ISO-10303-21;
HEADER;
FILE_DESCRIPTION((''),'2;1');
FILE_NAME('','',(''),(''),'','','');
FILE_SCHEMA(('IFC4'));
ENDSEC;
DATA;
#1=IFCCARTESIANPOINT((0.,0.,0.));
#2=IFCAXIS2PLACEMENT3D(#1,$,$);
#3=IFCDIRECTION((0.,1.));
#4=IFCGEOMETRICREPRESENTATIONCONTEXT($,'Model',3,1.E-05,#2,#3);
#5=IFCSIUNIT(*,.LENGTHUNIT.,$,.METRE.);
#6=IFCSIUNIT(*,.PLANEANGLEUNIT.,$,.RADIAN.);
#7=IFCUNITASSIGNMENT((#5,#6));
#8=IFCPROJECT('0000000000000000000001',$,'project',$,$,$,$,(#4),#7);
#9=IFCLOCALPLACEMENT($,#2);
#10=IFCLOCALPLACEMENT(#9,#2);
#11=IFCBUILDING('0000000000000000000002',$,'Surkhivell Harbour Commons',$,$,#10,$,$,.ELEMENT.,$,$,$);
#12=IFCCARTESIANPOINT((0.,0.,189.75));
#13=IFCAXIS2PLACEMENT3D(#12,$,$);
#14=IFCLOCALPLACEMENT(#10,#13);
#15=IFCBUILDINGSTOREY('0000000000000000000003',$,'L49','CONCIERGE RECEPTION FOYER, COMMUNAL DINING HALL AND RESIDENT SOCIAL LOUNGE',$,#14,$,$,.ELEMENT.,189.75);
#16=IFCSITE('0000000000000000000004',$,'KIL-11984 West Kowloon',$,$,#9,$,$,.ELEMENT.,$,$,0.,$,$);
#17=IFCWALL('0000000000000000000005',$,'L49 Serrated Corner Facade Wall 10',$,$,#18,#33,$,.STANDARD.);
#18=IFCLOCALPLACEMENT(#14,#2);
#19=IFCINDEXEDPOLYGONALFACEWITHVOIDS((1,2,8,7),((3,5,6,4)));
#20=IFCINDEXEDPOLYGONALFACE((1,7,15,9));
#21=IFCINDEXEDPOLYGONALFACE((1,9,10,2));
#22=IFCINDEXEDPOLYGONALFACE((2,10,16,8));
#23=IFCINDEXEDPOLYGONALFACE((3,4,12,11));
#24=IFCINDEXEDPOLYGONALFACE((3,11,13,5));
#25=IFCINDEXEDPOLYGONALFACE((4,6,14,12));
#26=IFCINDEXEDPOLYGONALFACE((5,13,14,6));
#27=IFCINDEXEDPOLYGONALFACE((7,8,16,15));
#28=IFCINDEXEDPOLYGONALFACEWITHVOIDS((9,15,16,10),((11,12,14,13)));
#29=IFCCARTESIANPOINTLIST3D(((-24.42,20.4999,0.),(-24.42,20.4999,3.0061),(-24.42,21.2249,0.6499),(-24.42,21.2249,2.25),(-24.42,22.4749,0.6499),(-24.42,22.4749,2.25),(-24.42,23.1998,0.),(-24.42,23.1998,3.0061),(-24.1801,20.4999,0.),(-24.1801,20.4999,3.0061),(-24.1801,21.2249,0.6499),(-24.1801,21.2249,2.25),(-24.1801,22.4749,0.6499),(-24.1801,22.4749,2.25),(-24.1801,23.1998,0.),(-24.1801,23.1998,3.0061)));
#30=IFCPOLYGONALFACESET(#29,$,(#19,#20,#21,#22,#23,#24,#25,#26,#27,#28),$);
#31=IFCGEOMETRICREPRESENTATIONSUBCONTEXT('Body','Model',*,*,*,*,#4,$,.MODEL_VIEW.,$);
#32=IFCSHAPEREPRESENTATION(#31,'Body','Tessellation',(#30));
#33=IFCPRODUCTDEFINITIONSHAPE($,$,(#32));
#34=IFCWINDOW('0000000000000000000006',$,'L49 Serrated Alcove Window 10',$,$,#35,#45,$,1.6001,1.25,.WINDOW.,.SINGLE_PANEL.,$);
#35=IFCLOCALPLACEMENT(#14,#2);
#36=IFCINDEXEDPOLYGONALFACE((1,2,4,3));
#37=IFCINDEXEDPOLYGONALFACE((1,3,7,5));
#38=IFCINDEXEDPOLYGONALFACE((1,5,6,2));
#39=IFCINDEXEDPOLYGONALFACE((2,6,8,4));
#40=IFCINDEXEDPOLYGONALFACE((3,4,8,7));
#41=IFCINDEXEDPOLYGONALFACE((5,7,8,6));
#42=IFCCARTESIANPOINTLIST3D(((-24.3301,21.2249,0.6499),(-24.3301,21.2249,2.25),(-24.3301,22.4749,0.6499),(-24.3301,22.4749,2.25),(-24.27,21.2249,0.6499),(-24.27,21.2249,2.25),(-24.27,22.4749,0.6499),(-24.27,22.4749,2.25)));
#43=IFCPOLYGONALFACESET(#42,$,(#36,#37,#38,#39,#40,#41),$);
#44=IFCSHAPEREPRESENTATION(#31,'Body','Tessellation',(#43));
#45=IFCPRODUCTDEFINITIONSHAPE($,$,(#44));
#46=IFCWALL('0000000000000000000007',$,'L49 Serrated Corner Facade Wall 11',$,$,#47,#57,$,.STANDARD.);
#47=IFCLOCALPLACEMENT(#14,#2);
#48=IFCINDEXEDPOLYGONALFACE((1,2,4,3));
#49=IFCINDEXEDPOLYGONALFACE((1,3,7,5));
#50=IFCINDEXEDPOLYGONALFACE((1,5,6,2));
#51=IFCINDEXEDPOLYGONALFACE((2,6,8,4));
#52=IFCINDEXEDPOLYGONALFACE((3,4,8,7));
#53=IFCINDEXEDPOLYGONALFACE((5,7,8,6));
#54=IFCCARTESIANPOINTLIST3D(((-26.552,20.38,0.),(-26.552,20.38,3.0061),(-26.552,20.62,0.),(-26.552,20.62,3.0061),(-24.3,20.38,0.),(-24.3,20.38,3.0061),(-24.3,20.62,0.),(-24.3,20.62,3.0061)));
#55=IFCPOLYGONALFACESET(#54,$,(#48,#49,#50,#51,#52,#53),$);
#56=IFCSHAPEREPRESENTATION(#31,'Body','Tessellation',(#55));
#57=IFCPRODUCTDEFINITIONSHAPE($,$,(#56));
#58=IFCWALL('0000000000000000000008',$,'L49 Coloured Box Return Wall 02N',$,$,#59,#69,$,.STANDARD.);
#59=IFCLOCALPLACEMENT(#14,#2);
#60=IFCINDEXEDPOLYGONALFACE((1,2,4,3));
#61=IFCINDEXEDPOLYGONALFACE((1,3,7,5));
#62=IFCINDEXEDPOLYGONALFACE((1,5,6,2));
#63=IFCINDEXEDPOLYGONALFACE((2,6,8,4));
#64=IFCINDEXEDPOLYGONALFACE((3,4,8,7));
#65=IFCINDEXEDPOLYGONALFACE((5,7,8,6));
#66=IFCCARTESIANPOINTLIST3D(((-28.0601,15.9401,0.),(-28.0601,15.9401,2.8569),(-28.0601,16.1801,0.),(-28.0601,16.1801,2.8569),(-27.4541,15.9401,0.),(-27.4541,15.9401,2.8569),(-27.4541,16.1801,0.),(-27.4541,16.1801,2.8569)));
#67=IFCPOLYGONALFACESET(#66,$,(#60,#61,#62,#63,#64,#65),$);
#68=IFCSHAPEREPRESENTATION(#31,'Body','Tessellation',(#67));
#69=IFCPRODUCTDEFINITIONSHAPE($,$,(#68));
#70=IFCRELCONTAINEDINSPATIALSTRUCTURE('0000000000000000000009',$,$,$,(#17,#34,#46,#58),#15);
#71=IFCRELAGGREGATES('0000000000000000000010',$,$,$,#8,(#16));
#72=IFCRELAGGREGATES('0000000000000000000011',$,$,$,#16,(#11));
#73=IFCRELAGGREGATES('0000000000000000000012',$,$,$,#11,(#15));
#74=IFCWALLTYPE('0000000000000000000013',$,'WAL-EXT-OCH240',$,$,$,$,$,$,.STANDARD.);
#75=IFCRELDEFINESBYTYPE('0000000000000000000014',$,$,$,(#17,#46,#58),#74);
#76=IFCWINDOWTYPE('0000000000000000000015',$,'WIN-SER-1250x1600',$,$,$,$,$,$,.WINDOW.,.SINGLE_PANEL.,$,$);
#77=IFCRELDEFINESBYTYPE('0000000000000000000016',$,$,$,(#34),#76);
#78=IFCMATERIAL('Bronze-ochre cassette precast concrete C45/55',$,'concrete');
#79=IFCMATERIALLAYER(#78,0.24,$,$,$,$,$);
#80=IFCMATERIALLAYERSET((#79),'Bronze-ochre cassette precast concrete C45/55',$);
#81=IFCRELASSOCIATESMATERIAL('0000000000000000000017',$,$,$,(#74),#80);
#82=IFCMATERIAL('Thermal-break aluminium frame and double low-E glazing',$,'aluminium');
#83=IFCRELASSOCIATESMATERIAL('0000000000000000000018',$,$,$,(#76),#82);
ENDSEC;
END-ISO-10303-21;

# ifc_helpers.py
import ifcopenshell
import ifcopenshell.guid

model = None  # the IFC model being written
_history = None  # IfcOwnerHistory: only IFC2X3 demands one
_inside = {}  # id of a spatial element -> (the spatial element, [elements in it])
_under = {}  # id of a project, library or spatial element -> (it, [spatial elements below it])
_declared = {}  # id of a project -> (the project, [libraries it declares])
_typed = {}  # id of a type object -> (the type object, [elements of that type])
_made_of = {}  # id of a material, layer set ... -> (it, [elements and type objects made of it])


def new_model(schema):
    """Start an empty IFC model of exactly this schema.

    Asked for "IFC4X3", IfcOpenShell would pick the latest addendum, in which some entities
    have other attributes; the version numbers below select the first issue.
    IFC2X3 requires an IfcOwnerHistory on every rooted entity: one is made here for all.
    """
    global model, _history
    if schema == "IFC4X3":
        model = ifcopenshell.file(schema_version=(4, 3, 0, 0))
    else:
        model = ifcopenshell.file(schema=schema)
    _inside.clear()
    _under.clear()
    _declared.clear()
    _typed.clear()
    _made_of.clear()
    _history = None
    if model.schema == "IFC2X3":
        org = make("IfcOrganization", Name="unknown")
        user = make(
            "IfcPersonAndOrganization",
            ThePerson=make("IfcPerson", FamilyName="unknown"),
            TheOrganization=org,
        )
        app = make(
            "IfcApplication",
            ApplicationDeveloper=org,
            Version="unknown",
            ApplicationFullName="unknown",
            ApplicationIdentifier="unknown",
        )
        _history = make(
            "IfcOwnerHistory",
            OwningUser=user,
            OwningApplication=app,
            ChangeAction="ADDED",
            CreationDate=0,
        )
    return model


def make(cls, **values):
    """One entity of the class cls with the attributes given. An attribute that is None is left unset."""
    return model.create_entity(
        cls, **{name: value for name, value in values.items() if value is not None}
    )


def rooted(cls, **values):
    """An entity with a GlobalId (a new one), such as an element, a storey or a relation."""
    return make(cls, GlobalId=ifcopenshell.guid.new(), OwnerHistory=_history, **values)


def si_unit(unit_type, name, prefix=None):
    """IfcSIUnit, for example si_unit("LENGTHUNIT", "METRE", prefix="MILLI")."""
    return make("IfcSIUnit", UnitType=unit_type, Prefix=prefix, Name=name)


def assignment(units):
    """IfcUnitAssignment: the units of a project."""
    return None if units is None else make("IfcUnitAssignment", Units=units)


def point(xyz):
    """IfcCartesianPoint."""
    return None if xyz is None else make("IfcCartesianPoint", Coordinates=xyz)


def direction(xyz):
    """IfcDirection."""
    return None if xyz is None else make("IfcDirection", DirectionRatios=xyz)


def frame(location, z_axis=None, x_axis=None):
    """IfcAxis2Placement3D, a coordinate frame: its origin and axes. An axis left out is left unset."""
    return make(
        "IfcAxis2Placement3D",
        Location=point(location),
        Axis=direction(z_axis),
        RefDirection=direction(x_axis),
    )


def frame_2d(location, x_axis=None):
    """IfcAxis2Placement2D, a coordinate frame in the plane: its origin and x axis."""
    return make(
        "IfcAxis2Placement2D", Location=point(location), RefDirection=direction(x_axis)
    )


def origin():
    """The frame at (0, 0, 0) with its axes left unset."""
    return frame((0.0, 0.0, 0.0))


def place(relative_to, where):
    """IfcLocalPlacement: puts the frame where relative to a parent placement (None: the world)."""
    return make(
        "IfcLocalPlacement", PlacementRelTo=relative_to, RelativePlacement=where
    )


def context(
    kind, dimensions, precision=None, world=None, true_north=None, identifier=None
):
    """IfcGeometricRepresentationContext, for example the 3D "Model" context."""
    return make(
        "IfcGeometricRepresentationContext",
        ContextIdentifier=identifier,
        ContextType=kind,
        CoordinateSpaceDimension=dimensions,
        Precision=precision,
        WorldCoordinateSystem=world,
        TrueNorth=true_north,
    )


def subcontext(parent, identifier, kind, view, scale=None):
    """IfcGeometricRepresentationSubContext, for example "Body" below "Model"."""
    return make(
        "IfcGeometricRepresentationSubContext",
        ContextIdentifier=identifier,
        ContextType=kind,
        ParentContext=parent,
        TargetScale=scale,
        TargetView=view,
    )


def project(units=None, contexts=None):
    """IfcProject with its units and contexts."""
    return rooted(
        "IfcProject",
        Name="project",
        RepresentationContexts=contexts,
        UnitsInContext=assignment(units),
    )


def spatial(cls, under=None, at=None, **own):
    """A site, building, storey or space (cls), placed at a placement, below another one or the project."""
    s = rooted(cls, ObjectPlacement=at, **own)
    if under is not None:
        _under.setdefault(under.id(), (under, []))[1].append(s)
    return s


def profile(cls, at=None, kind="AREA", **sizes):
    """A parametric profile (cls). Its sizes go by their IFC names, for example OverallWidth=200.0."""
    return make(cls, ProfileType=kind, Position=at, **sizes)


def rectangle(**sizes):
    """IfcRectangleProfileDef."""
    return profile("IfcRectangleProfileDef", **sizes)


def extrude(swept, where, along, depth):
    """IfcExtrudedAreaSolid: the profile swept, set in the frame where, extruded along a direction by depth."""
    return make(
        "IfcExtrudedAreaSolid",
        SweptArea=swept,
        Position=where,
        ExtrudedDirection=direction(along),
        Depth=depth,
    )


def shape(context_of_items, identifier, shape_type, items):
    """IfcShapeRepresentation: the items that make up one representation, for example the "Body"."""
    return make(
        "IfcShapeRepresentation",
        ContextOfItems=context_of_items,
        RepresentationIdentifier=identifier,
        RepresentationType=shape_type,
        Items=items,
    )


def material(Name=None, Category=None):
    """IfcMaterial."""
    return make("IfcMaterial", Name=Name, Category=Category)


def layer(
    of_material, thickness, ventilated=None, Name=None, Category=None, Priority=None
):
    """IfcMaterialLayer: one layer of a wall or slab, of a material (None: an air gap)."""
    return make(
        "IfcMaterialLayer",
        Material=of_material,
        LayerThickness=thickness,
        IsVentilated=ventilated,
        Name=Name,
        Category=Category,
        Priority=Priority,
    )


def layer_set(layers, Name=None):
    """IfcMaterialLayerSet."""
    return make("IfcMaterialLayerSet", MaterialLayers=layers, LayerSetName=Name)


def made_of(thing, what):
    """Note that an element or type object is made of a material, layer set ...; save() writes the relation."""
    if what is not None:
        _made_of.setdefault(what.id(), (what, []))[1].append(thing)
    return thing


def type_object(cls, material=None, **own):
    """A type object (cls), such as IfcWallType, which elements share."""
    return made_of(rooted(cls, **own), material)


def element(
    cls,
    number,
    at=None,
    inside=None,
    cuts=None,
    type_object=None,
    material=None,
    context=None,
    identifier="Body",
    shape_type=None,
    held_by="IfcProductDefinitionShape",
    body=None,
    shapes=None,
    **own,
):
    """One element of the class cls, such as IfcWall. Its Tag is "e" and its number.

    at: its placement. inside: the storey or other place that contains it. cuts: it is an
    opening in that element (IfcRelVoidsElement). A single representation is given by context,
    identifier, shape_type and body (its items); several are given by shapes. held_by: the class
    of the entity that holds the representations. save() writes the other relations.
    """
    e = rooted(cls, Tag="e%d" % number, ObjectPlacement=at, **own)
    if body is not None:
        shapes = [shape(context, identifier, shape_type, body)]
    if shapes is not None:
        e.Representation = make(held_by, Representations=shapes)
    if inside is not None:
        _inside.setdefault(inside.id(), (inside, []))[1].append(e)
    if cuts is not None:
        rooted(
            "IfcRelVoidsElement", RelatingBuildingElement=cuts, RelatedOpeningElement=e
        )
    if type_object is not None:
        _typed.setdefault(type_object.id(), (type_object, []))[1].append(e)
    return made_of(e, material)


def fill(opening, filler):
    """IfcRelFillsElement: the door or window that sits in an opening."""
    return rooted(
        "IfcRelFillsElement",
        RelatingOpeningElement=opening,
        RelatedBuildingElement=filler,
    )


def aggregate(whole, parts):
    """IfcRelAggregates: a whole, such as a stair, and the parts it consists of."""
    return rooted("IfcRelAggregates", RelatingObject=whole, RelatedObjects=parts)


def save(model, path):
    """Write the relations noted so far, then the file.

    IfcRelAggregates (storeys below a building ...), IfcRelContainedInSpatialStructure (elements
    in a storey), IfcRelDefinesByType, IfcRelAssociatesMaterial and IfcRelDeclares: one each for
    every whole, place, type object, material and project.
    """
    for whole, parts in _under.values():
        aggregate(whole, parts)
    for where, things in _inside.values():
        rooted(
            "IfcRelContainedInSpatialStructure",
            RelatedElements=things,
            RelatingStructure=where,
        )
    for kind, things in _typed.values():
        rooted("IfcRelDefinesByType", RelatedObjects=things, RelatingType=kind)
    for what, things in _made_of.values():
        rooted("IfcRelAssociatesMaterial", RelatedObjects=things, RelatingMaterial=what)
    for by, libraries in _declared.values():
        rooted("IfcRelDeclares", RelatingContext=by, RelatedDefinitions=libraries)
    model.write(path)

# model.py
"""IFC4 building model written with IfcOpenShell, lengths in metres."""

from ifc_helpers import new_model, si_unit, direction, frame, frame_2d, origin, place, context, subcontext, project, spatial, rectangle, extrude, material, layer, layer_set, type_object, element, fill, save


model = new_model("IFC4")

# Units and contexts
model_context = context("Model", 3, precision=1e-05, world=origin(), true_north=direction((0.0, 1.0)))
body_context = subcontext(model_context, "Body", "Model", "MODEL_VIEW")
ifc_project = project(units=[si_unit("LENGTHUNIT", "METRE"), si_unit("PLANEANGLEUNIT", "RADIAN")], contexts=[model_context])

# Site, building, storey
site_placement = place(None, origin())
site = spatial("IfcSite", under=ifc_project, at=site_placement, Name="KIL-11984 West Kowloon", CompositionType="ELEMENT", RefElevation=0.0)
building_placement = place(site_placement, origin())
building = spatial("IfcBuilding", under=site, at=building_placement, Name="Surkhivell Harbour Commons", CompositionType="ELEMENT")
storey_placement = place(building_placement, frame((0.0, 0.0, 189.75)))
storey = spatial("IfcBuildingStorey", under=building, at=storey_placement, Name="L49", Description="CONCIERGE RECEPTION FOYER, COMMUNAL DINING HALL AND RESIDENT SOCIAL LOUNGE", CompositionType="ELEMENT", Elevation=189.75)

# Shared definitions
ifc_material_1 = material(Name="Bronze-ochre cassette precast concrete C45/55", Category="concrete")
ifc_layer_1 = layer(ifc_material_1, 0.24)
ifc_layer_set_1 = layer_set([ifc_layer_1], Name="Bronze-ochre cassette precast concrete C45/55")
wall_type = type_object("IfcWallType", Name="WAL-EXT-OCH240", PredefinedType="STANDARD", material=ifc_layer_set_1)

# Wall, opening, window
wall_1_placement = place(storey_placement, frame((-24.3, 23.2, 0.0), z_axis=(0.0, 0.0, 1.0), x_axis=(0.0, -1.0, 0.0)))
wall_1 = element("IfcWall", 1, at=wall_1_placement, inside=storey, type_object=wall_type, Name="L49 Serrated Corner Facade Wall 10", PredefinedType="STANDARD", context=body_context, shape_type="SweptSolid", body=[
    extrude(rectangle(XDim=2.7, YDim=0.24, at=frame_2d((1.3501, 0.0))), origin(), (0.0, 0.0, 1.0), 3.0061),
])
opening_placement = place(wall_1_placement, frame((0.7251, 0.0, 0.6499)))
opening = element("IfcOpeningElement", 2, at=opening_placement, cuts=wall_1, PredefinedType="OPENING", context=body_context, shape_type="SweptSolid", body=[
    extrude(rectangle(XDim=1.25, YDim=1.6001, at=frame_2d((0.625, 0.8))), frame((0.0, 0.1299, 0.0), z_axis=(0.0, -1.0, 0.0), x_axis=(1.0, 0.0, 0.0)), (0.0, 0.0, 1.0), 0.26),
])
ifc_material_2 = material(Name="Thermal-break aluminium frame and double low-E glazing", Category="aluminium")
window_type = type_object("IfcWindowType", Name="WIN-SER-1250x1600", PartitioningType="SINGLE_PANEL", PredefinedType="WINDOW", material=ifc_material_2)
window_placement = place(opening_placement, origin())
window = element("IfcWindow", 3, at=window_placement, inside=storey, type_object=window_type, Name="L49 Serrated Alcove Window 10", OverallHeight=1.6001, OverallWidth=1.25, PartitioningType="SINGLE_PANEL", PredefinedType="WINDOW", context=body_context, shape_type="SweptSolid", body=[
    extrude(rectangle(XDim=1.25, YDim=1.6001, at=frame_2d((0.625, 0.8))), frame((0.0, 0.03, 0.0), z_axis=(0.0, -1.0, 0.0), x_axis=(1.0, 0.0, 0.0)), (0.0, 0.0, 1.0), 0.0601),
])
fill(opening, window)

# Walls
wall_2_placement = place(storey_placement, frame((-24.3, 20.5, 0.0), z_axis=(0.0, 0.0, 1.0), x_axis=(-1.0, 0.0, 0.0)))
element("IfcWall", 4, at=wall_2_placement, inside=storey, type_object=wall_type, Name="L49 Serrated Corner Facade Wall 11", PredefinedType="STANDARD", context=body_context, shape_type="SweptSolid", body=[
    extrude(rectangle(XDim=2.252, YDim=0.24, at=frame_2d((1.126, 0.0))), origin(), (0.0, 0.0, 1.0), 3.0061),
])
wall_3_placement = place(storey_placement, frame((-28.0601, 16.0601, 0.0), z_axis=(0.0, 0.0, 1.0), x_axis=(1.0, 0.0, 0.0)))
element("IfcWall", 5, at=wall_3_placement, inside=storey, type_object=wall_type, Name="L49 Coloured Box Return Wall 02N", PredefinedType="STANDARD", context=body_context, shape_type="SweptSolid", body=[
    extrude(rectangle(XDim=0.606, YDim=0.24, at=frame_2d((0.303, 0.0))), origin(), (0.0, 0.0, 1.0), 2.8569),
])

save(model, "model.ifc")
